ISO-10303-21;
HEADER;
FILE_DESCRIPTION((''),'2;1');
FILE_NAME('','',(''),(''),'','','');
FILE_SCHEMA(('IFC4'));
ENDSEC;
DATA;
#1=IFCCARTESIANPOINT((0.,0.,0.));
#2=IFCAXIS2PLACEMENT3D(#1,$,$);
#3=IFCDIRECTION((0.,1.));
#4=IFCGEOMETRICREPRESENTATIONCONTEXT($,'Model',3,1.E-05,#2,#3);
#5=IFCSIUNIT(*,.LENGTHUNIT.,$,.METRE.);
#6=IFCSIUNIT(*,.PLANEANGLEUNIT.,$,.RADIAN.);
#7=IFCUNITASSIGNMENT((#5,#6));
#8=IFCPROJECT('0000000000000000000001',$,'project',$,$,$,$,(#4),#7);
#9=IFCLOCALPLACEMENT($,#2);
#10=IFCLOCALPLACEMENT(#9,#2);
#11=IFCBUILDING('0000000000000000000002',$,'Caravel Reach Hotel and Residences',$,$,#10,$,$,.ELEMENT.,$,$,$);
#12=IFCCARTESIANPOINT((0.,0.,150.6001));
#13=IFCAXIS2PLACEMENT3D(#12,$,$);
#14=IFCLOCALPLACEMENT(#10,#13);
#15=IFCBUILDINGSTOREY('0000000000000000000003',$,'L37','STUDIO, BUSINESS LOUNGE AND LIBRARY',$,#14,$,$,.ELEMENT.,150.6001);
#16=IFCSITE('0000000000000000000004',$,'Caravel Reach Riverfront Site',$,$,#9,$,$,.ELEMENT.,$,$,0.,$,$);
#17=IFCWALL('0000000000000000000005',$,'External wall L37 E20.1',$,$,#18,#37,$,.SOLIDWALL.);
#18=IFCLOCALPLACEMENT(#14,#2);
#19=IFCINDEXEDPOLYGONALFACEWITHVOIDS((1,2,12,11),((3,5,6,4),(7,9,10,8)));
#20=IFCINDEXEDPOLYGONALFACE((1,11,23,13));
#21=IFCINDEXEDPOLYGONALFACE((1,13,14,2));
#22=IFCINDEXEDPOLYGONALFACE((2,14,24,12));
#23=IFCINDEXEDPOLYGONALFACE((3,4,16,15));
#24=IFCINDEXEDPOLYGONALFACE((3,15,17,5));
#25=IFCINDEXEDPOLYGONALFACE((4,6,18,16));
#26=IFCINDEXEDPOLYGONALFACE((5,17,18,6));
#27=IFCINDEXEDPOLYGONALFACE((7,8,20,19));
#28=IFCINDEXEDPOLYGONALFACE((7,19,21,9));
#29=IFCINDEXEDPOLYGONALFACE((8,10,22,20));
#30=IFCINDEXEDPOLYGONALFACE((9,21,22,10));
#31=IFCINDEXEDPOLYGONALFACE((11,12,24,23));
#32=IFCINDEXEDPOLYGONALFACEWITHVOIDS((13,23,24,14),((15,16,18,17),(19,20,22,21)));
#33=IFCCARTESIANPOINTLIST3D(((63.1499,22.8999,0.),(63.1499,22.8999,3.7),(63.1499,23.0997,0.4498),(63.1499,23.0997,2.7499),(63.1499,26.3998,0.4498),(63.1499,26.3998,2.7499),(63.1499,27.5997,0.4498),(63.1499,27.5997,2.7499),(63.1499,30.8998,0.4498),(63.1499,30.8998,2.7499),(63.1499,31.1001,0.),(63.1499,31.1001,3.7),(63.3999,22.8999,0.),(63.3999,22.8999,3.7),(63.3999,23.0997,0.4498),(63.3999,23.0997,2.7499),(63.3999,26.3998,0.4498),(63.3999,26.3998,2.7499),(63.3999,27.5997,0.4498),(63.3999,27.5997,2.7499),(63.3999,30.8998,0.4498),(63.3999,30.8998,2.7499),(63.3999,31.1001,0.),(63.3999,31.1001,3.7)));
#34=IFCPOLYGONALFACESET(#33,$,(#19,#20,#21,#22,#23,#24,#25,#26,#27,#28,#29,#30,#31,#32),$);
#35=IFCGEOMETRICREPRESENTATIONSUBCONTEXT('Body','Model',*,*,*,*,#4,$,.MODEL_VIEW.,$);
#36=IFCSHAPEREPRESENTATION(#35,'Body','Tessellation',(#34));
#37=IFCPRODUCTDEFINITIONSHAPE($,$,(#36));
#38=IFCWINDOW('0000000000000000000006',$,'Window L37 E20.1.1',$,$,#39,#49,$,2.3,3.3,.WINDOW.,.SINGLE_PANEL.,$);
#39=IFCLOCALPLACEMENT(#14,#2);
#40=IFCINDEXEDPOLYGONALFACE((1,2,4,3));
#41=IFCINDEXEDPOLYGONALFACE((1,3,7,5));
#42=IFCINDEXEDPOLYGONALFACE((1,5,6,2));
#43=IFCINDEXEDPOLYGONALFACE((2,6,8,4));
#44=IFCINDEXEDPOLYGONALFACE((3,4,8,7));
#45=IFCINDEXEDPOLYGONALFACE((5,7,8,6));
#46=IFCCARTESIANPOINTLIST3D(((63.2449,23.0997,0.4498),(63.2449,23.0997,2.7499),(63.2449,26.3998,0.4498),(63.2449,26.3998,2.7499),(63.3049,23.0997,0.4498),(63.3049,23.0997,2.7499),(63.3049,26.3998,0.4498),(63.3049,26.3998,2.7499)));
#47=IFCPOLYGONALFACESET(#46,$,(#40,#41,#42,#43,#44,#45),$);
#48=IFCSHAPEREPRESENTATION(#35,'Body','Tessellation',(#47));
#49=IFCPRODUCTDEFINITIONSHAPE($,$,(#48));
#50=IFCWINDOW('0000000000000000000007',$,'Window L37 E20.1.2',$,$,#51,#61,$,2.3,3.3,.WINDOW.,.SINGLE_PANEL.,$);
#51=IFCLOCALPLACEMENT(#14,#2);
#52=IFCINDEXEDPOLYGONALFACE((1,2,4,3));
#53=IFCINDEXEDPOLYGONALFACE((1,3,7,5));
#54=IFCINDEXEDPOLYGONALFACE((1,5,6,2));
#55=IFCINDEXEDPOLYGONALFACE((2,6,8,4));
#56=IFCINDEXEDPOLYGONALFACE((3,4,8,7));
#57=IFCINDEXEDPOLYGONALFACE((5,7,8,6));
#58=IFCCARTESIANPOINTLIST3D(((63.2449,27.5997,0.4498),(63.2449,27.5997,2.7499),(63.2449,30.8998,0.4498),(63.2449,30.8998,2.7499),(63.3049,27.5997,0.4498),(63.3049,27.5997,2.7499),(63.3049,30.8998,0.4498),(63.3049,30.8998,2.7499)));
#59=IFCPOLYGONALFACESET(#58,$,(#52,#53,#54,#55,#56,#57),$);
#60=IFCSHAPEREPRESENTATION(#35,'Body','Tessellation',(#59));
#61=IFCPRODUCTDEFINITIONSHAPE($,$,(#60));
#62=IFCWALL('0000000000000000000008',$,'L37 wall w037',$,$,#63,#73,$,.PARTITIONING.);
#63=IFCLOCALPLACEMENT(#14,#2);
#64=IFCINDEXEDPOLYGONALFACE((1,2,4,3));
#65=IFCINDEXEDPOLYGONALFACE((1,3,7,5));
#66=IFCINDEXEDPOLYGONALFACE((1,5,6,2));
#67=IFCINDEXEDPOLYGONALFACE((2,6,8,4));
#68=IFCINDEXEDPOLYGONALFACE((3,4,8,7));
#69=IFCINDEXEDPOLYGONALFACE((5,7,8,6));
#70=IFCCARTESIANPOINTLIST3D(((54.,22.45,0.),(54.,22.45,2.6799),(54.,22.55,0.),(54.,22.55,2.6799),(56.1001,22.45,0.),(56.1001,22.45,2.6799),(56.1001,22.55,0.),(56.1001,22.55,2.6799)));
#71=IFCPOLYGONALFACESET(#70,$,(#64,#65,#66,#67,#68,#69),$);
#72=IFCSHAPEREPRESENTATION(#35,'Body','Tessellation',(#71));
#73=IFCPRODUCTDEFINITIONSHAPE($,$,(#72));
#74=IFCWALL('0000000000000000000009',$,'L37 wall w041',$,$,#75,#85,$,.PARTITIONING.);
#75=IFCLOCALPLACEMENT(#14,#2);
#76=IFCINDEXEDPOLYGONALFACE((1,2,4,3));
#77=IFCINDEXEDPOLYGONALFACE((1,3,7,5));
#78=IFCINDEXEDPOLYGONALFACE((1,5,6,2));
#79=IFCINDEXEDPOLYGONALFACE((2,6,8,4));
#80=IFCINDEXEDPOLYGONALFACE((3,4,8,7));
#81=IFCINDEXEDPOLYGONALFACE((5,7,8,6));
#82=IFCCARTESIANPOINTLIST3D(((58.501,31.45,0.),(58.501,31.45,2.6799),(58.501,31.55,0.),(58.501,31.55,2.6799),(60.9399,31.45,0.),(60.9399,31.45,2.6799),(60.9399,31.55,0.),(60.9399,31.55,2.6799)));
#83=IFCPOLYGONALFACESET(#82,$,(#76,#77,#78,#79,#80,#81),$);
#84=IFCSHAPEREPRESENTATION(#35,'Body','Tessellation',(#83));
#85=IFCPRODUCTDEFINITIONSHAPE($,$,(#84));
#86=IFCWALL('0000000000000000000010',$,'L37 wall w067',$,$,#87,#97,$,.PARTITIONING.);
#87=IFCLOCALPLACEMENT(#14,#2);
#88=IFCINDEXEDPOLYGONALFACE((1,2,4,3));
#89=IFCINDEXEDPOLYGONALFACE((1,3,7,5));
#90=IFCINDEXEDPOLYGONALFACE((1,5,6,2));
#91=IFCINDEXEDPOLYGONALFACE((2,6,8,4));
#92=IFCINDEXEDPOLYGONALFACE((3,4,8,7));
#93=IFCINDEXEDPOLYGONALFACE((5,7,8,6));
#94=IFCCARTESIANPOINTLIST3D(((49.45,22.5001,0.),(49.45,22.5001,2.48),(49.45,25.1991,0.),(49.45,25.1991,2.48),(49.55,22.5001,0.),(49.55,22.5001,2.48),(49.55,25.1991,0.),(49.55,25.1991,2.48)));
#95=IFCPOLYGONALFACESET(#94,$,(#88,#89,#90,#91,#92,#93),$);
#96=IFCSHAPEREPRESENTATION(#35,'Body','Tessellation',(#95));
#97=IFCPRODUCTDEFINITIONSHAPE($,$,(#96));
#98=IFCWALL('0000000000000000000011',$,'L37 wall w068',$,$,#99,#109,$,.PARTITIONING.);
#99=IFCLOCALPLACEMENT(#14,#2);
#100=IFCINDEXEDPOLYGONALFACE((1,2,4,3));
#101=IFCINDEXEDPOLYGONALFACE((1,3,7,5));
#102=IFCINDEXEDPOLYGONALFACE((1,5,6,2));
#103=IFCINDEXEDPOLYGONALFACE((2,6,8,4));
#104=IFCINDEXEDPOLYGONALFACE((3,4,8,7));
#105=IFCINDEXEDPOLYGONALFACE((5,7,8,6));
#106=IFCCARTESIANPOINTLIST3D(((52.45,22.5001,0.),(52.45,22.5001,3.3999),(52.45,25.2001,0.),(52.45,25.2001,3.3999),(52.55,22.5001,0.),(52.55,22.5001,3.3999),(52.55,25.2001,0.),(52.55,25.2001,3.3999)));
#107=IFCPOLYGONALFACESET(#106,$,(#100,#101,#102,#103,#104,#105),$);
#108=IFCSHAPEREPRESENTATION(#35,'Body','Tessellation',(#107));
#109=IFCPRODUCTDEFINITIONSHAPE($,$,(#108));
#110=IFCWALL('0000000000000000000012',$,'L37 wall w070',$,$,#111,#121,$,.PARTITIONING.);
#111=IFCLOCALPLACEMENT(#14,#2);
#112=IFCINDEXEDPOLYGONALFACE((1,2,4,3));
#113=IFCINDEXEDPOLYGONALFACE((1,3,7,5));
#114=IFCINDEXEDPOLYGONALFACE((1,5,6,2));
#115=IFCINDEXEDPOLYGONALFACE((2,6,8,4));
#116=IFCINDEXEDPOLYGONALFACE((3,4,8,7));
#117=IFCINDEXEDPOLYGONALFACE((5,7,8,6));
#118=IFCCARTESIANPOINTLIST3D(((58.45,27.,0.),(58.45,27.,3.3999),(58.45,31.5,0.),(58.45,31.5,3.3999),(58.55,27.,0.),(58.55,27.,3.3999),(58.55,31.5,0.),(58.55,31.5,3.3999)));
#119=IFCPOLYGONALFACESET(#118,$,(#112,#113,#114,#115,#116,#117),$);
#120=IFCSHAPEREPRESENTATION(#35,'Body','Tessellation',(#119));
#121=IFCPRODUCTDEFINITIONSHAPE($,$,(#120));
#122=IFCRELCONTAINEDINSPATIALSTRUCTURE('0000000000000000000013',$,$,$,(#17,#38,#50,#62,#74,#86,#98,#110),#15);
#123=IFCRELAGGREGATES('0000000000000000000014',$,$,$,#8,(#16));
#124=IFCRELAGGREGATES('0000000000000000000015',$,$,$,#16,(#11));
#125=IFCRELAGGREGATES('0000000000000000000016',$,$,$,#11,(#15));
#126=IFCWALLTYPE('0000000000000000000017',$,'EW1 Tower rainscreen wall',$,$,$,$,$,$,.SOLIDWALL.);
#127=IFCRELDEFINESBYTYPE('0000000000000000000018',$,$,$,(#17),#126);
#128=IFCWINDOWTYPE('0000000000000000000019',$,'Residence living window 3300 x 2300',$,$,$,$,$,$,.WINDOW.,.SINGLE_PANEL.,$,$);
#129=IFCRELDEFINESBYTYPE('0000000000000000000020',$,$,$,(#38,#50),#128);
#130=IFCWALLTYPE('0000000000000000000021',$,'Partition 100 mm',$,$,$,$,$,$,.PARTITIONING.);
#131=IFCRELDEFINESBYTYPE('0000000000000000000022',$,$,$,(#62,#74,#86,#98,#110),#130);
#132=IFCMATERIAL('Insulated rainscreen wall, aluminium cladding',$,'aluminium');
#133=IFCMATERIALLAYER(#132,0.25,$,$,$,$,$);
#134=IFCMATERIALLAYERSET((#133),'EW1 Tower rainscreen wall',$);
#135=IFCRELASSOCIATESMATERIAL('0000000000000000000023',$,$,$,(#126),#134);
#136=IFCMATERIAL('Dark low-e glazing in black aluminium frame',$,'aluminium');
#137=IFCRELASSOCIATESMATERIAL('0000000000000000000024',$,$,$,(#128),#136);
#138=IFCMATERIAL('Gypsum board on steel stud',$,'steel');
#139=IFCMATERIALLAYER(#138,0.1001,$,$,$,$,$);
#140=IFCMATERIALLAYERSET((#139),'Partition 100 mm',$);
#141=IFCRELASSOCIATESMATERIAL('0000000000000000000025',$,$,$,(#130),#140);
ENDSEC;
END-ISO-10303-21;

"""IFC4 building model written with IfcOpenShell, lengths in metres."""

from ifc_helpers import new_model, si_unit, direction, frame, frame_2d, origin, place, context, subcontext, project, spatial, rectangle, extrude, material, layer, layer_set, type_object, element, fill, save


model = new_model("IFC4")

# Units and contexts
model_context = context("Model", 3, precision=1e-05, world=origin(), true_north=direction((0.0, 1.0)))
body_context = subcontext(model_context, "Body", "Model", "MODEL_VIEW")
ifc_project = project(units=[si_unit("LENGTHUNIT", "METRE"), si_unit("PLANEANGLEUNIT", "RADIAN")], contexts=[model_context])

# Site, building, storey
site_placement = place(None, origin())
site = spatial("IfcSite", under=ifc_project, at=site_placement, Name="Caravel Reach Riverfront Site", CompositionType="ELEMENT", RefElevation=0.0)
building_placement = place(site_placement, origin())
building = spatial("IfcBuilding", under=site, at=building_placement, Name="Caravel Reach Hotel and Residences", CompositionType="ELEMENT")
storey_placement = place(building_placement, frame((0.0, 0.0, 150.6001)))
storey = spatial("IfcBuildingStorey", under=building, at=storey_placement, Name="L37", Description="STUDIO, BUSINESS LOUNGE AND LIBRARY", CompositionType="ELEMENT", Elevation=150.6001)

# Wall, openings, windows
ifc_material_1 = material(Name="Insulated rainscreen wall, aluminium cladding", Category="aluminium")
ifc_layer_1 = layer(ifc_material_1, 0.25)
ifc_layer_set_1 = layer_set([ifc_layer_1], Name="EW1 Tower rainscreen wall")
wall_type_1 = type_object("IfcWallType", Name="EW1 Tower rainscreen wall", PredefinedType="SOLIDWALL", material=ifc_layer_set_1)
wall_1_placement = place(storey_placement, frame((63.2749, 22.8999, 0.0), z_axis=(0.0, 0.0, 1.0), x_axis=(0.0, 1.0, 0.0)))
wall_1 = element("IfcWall", 1, at=wall_1_placement, inside=storey, type_object=wall_type_1, Name="External wall L37 E20.1", PredefinedType="SOLIDWALL", context=body_context, shape_type="SweptSolid", body=[
    extrude(rectangle(XDim=8.2002, YDim=0.25, at=frame_2d((4.1001, 0.0))), origin(), (0.0, 0.0, 1.0), 3.7),
])
opening_1_placement = place(wall_1_placement, frame((0.2, 0.0, 0.45)))
opening_1 = element("IfcOpeningElement", 2, at=opening_1_placement, cuts=wall_1, PredefinedType="OPENING", context=body_context, shape_type="SweptSolid", body=[
    extrude(rectangle(XDim=3.3, YDim=2.3, at=frame_2d((1.6499, 1.1499))), frame((0.0, 0.135, 0.0), z_axis=(0.0, -1.0, 0.0), x_axis=(1.0, 0.0, 0.0)), (0.0, 0.0, 1.0), 0.27),
])
opening_2_placement = place(wall_1_placement, frame((4.7, 0.0, 0.45)))
opening_2 = element("IfcOpeningElement", 3, at=opening_2_placement, cuts=wall_1, PredefinedType="OPENING", context=body_context, shape_type="SweptSolid", body=[
    extrude(rectangle(XDim=3.3, YDim=2.3, at=frame_2d((1.6499, 1.1499))), frame((0.0, 0.135, 0.0), z_axis=(0.0, -1.0, 0.0), x_axis=(1.0, 0.0, 0.0)), (0.0, 0.0, 1.0), 0.27),
])
ifc_material_2 = material(Name="Dark low-e glazing in black aluminium frame", Category="aluminium")
window_type = type_object("IfcWindowType", Name="Residence living window 3300 x 2300", PartitioningType="SINGLE_PANEL", PredefinedType="WINDOW", material=ifc_material_2)
window_1_placement = place(opening_1_placement, origin())
window_1 = element("IfcWindow", 4, at=window_1_placement, inside=storey, type_object=window_type, Name="Window L37 E20.1.1", OverallHeight=2.3, OverallWidth=3.3, PartitioningType="SINGLE_PANEL", PredefinedType="WINDOW", context=body_context, shape_type="SweptSolid", body=[
    extrude(rectangle(XDim=3.3, YDim=2.3, at=frame_2d((1.6499, 1.1499))), frame((0.0, 0.03, 0.0), z_axis=(0.0, -1.0, 0.0), x_axis=(1.0, 0.0, 0.0)), (0.0, 0.0, 1.0), 0.0601),
])
fill(opening_1, window_1)
window_2_placement = place(opening_2_placement, origin())
window_2 = element("IfcWindow", 5, at=window_2_placement, inside=storey, type_object=window_type, Name="Window L37 E20.1.2", OverallHeight=2.3, OverallWidth=3.3, PartitioningType="SINGLE_PANEL", PredefinedType="WINDOW", context=body_context, shape_type="SweptSolid", body=[
    extrude(rectangle(XDim=3.3, YDim=2.3, at=frame_2d((1.6499, 1.1499))), frame((0.0, 0.03, 0.0), z_axis=(0.0, -1.0, 0.0), x_axis=(1.0, 0.0, 0.0)), (0.0, 0.0, 1.0), 0.0601),
])
fill(opening_2, window_2)

# Walls
ifc_material_3 = material(Name="Gypsum board on steel stud", Category="steel")
ifc_layer_2 = layer(ifc_material_3, 0.1001)
ifc_layer_set_2 = layer_set([ifc_layer_2], Name="Partition 100 mm")
wall_type_2 = type_object("IfcWallType", Name="Partition 100 mm", PredefinedType="PARTITIONING", material=ifc_layer_set_2)
wall_2_placement = place(storey_placement, frame((54.0, 22.5, 0.0), z_axis=(0.0, 0.0, 1.0), x_axis=(1.0, 0.0, 0.0)))
element("IfcWall", 6, at=wall_2_placement, inside=storey, type_object=wall_type_2, Name="L37 wall w037", PredefinedType="PARTITIONING", context=body_context, shape_type="SweptSolid", body=[
    extrude(rectangle(XDim=2.1001, YDim=0.1001, at=frame_2d((1.05, 0.0))), origin(), (0.0, 0.0, 1.0), 2.6799),
])
wall_3_placement = place(storey_placement, frame((58.501, 31.5, 0.0), z_axis=(0.0, 0.0, 1.0), x_axis=(1.0, 0.0, 0.0)))
element("IfcWall", 7, at=wall_3_placement, inside=storey, type_object=wall_type_2, Name="L37 wall w041", PredefinedType="PARTITIONING", context=body_context, shape_type="SweptSolid", body=[
    extrude(rectangle(XDim=2.439, YDim=0.1001, at=frame_2d((1.2195, 0.0))), origin(), (0.0, 0.0, 1.0), 2.6799),
])
wall_4_placement = place(storey_placement, frame((49.5, 22.5, 0.0), z_axis=(0.0, 0.0, 1.0), x_axis=(0.0, 1.0, 0.0)))
element("IfcWall", 8, at=wall_4_placement, inside=storey, type_object=wall_type_2, Name="L37 wall w067", PredefinedType="PARTITIONING", context=body_context, shape_type="SweptSolid", body=[
    extrude(rectangle(XDim=2.699, YDim=0.1001, at=frame_2d((1.3496, 0.0))), origin(), (0.0, 0.0, 1.0), 2.48),
])
wall_5_placement = place(storey_placement, frame((52.5, 22.5, 0.0), z_axis=(0.0, 0.0, 1.0), x_axis=(0.0, 1.0, 0.0)))
element("IfcWall", 9, at=wall_5_placement, inside=storey, type_object=wall_type_2, Name="L37 wall w068", PredefinedType="PARTITIONING", context=body_context, shape_type="SweptSolid", body=[
    extrude(rectangle(XDim=2.7, YDim=0.1001, at=frame_2d((1.3501, 0.0))), origin(), (0.0, 0.0, 1.0), 3.3999),
])
wall_6_placement = place(storey_placement, frame((58.5, 27.0, 0.0), z_axis=(0.0, 0.0, 1.0), x_axis=(0.0, 1.0, 0.0)))
element("IfcWall", 10, at=wall_6_placement, inside=storey, type_object=wall_type_2, Name="L37 wall w070", PredefinedType="PARTITIONING", context=body_context, shape_type="SweptSolid", body=[
    extrude(rectangle(XDim=4.5, YDim=0.1001, at=frame_2d((2.25, 0.0))), origin(), (0.0, 0.0, 1.0), 3.3999),
])

save(model, "model.ifc")
